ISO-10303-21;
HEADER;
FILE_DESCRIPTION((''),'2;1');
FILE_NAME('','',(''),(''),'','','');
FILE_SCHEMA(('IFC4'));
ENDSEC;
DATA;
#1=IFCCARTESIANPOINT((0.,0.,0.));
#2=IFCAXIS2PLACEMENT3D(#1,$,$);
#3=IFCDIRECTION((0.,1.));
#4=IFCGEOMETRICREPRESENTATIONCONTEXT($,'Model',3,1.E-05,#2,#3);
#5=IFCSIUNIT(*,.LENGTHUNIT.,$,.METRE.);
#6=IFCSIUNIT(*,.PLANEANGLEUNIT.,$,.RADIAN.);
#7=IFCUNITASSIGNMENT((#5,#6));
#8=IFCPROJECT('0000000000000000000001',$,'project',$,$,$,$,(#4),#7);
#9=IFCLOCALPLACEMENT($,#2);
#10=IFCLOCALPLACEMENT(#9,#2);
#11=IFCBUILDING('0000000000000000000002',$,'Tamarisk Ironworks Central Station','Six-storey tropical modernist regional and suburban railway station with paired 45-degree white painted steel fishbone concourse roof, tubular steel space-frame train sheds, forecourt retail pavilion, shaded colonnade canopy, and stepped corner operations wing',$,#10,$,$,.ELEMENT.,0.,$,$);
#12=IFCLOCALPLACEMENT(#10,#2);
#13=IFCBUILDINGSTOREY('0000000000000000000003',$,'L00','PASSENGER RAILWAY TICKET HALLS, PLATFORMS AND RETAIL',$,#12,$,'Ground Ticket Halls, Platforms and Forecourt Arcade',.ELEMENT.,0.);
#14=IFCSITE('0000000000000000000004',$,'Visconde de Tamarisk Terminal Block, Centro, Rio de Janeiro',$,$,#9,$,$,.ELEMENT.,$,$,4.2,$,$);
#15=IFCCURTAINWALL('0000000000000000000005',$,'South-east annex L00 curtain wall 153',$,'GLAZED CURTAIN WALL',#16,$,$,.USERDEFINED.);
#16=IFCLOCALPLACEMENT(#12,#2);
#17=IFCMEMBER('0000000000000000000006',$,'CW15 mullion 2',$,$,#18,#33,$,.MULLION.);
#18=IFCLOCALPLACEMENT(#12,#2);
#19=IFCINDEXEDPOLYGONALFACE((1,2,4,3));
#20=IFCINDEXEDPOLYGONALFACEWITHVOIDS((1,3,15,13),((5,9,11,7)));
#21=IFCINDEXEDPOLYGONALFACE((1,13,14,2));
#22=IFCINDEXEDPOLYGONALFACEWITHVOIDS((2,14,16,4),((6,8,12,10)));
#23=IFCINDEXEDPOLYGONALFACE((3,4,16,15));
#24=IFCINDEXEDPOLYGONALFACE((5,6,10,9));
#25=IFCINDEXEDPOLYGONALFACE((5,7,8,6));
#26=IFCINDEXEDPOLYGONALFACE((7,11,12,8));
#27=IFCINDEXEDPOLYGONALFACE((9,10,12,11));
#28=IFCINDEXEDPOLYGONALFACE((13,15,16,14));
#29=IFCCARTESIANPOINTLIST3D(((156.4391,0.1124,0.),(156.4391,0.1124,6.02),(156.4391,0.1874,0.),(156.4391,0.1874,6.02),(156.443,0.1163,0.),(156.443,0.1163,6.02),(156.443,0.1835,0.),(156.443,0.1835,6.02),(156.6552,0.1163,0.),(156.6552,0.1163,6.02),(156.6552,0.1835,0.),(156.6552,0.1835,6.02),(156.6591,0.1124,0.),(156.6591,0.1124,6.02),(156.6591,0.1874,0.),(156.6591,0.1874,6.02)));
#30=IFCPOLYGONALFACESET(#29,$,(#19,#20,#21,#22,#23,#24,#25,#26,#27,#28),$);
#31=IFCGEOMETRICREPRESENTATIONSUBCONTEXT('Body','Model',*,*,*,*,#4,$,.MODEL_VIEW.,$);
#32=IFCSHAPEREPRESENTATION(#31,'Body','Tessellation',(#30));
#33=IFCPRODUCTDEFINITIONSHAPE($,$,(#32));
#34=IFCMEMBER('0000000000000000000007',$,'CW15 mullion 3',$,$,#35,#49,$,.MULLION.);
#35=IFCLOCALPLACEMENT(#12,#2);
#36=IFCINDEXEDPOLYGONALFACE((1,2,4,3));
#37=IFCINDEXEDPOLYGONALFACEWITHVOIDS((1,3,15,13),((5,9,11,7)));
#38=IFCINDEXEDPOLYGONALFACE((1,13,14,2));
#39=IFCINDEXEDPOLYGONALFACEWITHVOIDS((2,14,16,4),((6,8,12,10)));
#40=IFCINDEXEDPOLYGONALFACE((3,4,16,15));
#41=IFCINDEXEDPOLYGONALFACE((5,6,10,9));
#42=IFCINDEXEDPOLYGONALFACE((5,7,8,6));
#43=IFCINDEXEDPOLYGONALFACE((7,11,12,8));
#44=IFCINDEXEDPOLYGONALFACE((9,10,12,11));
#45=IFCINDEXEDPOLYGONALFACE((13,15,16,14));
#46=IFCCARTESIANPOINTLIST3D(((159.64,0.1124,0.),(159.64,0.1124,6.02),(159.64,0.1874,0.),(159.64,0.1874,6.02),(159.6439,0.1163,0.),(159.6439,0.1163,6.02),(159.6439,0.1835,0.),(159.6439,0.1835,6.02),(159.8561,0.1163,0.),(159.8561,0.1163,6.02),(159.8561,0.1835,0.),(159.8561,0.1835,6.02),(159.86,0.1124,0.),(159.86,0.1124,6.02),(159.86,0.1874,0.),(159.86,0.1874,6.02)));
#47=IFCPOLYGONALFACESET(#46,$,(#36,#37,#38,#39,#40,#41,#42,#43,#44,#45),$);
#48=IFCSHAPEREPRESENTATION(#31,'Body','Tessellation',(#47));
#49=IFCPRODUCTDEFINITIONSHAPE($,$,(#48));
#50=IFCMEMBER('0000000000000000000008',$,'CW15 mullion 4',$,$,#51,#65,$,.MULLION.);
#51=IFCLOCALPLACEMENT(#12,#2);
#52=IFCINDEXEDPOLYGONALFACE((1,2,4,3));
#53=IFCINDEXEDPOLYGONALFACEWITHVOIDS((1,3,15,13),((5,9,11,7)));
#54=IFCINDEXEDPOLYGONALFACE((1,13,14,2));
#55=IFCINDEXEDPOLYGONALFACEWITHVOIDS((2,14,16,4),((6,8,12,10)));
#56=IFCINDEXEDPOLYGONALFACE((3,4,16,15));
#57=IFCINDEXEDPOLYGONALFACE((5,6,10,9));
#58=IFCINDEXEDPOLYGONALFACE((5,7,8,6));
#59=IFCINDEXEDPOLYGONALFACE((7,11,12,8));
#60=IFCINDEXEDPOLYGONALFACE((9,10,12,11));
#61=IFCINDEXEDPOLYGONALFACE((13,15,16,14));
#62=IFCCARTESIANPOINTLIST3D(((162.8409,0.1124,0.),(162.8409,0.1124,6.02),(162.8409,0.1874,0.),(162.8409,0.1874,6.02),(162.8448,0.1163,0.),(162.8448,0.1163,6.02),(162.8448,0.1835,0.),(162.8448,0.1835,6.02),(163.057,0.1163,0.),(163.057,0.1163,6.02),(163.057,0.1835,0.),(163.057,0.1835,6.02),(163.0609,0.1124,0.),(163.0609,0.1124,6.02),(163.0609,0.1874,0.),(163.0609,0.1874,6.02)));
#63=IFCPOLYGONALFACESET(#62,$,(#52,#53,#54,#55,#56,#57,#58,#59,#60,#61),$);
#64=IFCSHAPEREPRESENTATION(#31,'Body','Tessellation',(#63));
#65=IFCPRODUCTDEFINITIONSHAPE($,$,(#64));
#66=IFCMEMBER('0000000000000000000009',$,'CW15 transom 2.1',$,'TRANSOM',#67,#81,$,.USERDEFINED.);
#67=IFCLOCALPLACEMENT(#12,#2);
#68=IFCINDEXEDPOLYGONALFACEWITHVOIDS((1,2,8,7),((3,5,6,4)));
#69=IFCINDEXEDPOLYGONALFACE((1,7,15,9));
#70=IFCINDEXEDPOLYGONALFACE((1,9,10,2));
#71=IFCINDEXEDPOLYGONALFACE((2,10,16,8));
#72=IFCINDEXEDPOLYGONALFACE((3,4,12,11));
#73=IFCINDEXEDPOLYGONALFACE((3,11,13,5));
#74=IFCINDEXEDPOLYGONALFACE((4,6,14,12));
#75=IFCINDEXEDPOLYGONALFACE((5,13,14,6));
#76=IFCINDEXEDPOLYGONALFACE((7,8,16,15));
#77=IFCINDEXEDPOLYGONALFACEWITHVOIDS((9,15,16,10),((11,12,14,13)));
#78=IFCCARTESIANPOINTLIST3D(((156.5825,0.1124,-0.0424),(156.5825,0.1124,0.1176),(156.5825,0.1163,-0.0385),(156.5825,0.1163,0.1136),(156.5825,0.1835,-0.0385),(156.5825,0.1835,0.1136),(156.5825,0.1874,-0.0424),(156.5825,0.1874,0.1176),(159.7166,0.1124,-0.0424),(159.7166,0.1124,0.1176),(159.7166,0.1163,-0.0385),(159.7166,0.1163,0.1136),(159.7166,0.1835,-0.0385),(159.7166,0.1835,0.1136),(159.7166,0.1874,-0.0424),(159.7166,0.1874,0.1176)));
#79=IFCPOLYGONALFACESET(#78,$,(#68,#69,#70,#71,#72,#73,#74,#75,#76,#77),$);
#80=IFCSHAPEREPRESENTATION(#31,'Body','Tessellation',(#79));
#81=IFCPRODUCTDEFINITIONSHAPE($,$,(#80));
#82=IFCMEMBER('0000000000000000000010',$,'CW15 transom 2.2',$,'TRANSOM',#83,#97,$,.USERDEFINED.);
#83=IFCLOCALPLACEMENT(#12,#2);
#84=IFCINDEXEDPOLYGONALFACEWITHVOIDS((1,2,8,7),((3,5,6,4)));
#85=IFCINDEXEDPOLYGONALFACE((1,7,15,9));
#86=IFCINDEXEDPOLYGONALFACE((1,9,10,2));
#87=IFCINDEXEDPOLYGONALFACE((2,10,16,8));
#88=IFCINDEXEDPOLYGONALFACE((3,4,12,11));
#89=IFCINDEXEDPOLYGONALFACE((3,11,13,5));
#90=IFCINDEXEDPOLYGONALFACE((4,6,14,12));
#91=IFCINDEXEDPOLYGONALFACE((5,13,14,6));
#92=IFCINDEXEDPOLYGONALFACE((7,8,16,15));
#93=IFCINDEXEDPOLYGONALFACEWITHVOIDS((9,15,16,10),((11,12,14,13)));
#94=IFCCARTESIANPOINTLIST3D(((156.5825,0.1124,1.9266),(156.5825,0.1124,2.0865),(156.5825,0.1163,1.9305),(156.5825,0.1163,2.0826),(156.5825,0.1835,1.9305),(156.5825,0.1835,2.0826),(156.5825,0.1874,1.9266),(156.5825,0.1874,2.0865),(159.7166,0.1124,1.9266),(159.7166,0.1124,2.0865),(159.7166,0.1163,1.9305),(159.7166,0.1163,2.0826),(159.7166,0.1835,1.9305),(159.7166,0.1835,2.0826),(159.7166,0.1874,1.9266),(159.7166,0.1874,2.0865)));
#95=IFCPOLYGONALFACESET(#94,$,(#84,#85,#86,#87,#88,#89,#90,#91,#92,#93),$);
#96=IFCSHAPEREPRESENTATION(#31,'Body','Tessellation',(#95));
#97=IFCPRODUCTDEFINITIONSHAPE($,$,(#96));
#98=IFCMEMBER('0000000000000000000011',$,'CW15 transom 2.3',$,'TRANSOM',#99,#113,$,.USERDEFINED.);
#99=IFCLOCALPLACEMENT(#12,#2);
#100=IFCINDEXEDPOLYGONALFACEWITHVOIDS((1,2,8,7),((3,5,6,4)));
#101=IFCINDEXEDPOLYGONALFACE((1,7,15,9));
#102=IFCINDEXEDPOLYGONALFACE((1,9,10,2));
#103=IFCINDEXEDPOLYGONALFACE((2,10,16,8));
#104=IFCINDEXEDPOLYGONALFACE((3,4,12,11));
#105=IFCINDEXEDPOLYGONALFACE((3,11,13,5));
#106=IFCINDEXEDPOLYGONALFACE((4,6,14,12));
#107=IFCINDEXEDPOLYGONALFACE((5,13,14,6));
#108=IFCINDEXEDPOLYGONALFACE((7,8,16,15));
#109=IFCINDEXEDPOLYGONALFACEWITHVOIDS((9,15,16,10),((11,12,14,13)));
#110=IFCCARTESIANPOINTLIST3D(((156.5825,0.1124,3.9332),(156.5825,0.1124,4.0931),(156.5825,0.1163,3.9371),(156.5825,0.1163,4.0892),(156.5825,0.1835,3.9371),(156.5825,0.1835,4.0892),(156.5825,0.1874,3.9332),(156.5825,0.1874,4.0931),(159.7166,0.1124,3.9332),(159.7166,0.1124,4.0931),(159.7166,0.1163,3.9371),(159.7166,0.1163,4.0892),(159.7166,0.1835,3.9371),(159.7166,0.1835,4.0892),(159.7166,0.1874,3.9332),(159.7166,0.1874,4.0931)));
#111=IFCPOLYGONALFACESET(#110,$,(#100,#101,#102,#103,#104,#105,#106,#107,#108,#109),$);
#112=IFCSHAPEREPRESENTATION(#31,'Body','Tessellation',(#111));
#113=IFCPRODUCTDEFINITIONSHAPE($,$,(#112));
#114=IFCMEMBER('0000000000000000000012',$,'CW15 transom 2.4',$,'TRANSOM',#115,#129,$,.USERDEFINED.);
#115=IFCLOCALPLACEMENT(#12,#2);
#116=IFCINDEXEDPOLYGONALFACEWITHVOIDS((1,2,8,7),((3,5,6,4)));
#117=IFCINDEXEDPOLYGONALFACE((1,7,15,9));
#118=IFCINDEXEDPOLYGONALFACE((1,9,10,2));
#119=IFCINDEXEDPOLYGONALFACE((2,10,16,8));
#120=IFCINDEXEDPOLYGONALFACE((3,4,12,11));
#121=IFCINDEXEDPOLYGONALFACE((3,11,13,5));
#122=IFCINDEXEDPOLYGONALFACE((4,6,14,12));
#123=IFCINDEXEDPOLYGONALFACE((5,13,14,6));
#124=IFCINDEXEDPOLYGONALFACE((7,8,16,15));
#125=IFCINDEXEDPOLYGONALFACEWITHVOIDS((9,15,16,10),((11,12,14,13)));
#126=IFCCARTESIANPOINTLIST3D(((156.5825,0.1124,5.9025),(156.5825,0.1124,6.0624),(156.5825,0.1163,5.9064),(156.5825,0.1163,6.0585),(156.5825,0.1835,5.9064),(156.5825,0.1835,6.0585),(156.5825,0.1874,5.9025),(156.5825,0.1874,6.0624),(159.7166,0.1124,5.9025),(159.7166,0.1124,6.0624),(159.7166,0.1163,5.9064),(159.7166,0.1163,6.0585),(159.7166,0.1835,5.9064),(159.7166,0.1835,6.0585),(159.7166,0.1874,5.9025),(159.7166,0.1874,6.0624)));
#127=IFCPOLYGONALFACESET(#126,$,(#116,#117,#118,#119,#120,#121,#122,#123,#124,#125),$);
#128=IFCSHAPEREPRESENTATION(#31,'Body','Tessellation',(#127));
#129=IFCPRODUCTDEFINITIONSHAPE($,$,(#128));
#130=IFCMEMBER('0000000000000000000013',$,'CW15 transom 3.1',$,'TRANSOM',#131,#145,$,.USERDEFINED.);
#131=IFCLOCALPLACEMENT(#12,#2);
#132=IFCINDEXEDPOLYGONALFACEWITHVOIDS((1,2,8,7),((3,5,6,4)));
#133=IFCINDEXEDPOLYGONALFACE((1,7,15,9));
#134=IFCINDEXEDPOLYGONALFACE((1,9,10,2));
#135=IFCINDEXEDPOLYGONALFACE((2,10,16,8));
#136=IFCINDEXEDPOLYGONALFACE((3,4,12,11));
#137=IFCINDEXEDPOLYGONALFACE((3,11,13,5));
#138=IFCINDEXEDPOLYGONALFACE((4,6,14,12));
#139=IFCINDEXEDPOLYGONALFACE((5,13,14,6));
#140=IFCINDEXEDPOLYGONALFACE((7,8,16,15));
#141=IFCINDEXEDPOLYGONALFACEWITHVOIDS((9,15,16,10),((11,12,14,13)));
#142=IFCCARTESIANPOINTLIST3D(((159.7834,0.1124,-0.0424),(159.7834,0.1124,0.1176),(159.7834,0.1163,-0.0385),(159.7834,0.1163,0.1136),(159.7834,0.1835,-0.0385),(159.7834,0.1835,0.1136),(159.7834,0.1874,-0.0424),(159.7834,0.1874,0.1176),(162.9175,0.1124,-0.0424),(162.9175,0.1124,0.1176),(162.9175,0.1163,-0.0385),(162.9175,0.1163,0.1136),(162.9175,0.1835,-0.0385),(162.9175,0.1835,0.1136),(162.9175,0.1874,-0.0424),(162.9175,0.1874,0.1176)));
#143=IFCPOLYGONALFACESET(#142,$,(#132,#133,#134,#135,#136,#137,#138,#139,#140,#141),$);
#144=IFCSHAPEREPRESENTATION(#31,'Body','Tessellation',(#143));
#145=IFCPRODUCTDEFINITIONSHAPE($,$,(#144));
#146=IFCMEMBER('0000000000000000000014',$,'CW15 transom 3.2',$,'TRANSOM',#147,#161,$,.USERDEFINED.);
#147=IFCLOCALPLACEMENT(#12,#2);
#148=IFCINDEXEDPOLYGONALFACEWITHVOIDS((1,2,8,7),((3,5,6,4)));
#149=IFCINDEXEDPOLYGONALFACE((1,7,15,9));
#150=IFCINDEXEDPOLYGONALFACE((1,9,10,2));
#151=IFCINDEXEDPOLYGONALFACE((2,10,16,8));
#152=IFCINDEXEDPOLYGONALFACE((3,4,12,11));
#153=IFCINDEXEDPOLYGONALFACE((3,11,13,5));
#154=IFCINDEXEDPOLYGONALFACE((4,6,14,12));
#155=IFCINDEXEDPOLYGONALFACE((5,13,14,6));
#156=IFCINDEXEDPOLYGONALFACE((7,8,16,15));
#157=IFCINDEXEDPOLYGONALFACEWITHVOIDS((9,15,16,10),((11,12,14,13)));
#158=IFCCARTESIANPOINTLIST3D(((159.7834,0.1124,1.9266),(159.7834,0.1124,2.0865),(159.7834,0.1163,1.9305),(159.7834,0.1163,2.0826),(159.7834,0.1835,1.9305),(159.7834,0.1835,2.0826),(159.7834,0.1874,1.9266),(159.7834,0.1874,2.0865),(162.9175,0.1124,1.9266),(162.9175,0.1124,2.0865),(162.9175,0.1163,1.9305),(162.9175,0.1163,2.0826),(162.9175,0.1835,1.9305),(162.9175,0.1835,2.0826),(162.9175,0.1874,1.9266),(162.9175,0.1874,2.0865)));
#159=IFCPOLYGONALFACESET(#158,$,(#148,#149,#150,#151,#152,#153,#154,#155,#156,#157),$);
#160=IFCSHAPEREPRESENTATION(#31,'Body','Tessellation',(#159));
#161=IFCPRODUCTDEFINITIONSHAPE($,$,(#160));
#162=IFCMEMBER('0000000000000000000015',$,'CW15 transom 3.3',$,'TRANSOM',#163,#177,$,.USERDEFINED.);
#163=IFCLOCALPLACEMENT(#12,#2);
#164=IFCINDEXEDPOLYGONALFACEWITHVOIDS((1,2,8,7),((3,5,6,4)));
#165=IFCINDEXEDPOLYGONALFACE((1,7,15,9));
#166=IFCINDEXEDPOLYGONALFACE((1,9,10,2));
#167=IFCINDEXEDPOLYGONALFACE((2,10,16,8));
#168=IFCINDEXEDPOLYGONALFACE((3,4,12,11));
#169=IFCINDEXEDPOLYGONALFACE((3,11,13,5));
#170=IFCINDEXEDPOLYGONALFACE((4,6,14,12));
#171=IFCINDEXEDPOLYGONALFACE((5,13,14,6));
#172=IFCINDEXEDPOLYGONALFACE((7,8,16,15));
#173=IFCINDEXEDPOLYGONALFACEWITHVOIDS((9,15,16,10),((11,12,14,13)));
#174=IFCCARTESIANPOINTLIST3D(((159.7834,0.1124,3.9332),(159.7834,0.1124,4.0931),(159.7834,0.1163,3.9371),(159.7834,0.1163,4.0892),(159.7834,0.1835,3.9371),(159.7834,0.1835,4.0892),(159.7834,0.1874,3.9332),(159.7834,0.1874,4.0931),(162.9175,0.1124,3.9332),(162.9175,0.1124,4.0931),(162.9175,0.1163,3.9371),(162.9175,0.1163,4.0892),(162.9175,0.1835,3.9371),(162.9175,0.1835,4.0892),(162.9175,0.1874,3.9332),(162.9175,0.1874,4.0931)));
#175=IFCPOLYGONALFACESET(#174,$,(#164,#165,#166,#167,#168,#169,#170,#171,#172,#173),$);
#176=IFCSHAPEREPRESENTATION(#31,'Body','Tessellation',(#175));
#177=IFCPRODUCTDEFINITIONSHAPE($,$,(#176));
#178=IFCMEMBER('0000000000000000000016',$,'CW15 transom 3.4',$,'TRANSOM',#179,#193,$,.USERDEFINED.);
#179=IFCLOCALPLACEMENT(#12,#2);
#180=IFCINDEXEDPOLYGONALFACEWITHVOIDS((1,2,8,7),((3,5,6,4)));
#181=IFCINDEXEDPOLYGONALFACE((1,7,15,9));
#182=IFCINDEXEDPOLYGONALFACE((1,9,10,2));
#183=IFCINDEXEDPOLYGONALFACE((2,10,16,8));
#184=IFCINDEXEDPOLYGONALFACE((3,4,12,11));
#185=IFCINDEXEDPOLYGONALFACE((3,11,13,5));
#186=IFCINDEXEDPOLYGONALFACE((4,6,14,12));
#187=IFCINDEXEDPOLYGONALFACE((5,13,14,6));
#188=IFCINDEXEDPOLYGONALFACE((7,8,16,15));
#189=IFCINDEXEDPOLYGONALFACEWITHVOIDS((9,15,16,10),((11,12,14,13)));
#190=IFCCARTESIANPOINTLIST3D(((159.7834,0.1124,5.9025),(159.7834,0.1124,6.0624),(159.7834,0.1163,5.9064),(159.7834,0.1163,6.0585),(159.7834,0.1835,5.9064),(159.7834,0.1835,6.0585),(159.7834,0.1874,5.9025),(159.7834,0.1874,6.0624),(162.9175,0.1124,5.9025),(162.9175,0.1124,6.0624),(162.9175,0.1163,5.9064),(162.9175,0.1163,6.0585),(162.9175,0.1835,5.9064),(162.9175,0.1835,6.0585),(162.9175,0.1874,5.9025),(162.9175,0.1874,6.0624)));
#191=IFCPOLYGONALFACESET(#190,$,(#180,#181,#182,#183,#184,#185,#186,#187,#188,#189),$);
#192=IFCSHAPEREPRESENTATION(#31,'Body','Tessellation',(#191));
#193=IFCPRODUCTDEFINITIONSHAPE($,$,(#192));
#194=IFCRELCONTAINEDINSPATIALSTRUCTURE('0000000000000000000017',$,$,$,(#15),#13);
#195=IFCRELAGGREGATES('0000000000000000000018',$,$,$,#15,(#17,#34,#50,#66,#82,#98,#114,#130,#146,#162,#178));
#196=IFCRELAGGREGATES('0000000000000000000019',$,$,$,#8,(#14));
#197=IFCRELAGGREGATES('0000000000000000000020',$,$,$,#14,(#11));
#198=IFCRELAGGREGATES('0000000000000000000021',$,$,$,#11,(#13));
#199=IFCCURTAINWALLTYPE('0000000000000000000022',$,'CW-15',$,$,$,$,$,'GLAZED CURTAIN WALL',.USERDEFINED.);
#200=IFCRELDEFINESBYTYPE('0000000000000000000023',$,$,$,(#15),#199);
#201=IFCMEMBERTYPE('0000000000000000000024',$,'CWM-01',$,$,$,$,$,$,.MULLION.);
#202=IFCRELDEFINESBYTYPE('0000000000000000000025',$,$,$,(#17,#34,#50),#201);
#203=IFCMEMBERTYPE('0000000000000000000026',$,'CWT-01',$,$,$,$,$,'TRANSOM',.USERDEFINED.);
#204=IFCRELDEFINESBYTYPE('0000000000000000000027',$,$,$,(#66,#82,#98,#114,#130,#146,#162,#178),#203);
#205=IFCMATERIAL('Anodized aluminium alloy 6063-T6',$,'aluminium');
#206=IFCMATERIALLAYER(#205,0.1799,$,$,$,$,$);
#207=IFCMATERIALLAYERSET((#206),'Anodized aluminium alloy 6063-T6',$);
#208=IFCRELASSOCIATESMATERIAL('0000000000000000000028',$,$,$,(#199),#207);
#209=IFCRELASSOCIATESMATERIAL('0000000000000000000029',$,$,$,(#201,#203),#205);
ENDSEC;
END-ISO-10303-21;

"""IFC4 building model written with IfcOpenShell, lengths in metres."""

from ifc_helpers import new_model, si_unit, direction, frame, origin, origin_2d, place, context, subcontext, project, spatial, hollow_rectangle, extrude, material, layer, layer_set, material_profile, profile_set, type_object, element, aggregate, save


model = new_model("IFC4")

# Units and contexts
model_context = context("Model", 3, precision=1e-05, world=origin(), true_north=direction((0.0, 1.0)))
body_context = subcontext(model_context, "Body", "Model", "MODEL_VIEW")
ifc_project = project(units=[si_unit("LENGTHUNIT", "METRE"), si_unit("PLANEANGLEUNIT", "RADIAN")], contexts=[model_context])

# Site, building, storey
site_placement = place(None, origin())
site = spatial("IfcSite", under=ifc_project, at=site_placement, Name="Visconde de Tamarisk Terminal Block, Centro, Rio de Janeiro", CompositionType="ELEMENT", RefElevation=4.2)
building_placement = place(site_placement, origin())
building = spatial("IfcBuilding", under=site, at=building_placement, Name="Tamarisk Ironworks Central Station", Description="Six-storey tropical modernist regional and suburban railway station with paired 45-degree white painted steel fishbone concourse roof, tubular steel space-frame train sheds, forecourt retail pavilion, shaded colonnade canopy, and stepped corner operations wing", CompositionType="ELEMENT", ElevationOfRefHeight=0.0)
storey_placement = place(building_placement, origin())
storey = spatial("IfcBuildingStorey", under=building, at=storey_placement, Name="L00", Description="PASSENGER RAILWAY TICKET HALLS, PLATFORMS AND RETAIL", LongName="Ground Ticket Halls, Platforms and Forecourt Arcade", CompositionType="ELEMENT", Elevation=0.0)

# Curtain wall, members
ifc_material_1 = material(Name="Anodized aluminium alloy 6063-T6", Category="aluminium")
ifc_layer_1 = layer(ifc_material_1, 0.1799)
ifc_layer_set_1 = layer_set([ifc_layer_1], Name="Anodized aluminium alloy 6063-T6")
curtain_wall_type = type_object("IfcCurtainWallType", Name="CW-15", ElementType="GLAZED CURTAIN WALL", PredefinedType="USERDEFINED", material=ifc_layer_set_1)
curtain_wall_placement = place(storey_placement, origin())
curtain_wall = element("IfcCurtainWall", 1, at=curtain_wall_placement, inside=storey, type_object=curtain_wall_type, Name="South-east annex L00 curtain wall 153", ObjectType="GLAZED CURTAIN WALL", PredefinedType="USERDEFINED")
ifc_material_profile_1 = material_profile(ifc_material_1, hollow_rectangle(XDim=0.075, YDim=0.22, WallThickness=0.0039, at=origin_2d()), Name="ALUM 220x75")
ifc_profile_set_1 = profile_set([ifc_material_profile_1], Name="Anodized aluminium alloy 6063-T6")
member_type_1 = type_object("IfcMemberType", Name="CWM-01", PredefinedType="MULLION", material=ifc_profile_set_1)
member_1_placement = place(storey_placement, frame((156.5491, 0.1499, 0.0), z_axis=(0.0, 0.0, 1.0), x_axis=(0.0, 1.0, 0.0)))
member_1 = element("IfcMember", 2, at=member_1_placement, type_object=member_type_1, Name="CW15 mullion 2", PredefinedType="MULLION", context=body_context, shape_type="SweptSolid", body=[
    extrude(hollow_rectangle(XDim=0.075, YDim=0.22, WallThickness=0.0039, at=origin_2d()), origin(), (0.0, 0.0, 1.0), 6.02),
])
member_2_placement = place(storey_placement, frame((159.75, 0.1499, 0.0), z_axis=(0.0, 0.0, 1.0), x_axis=(0.0, 1.0, 0.0)))
member_2 = element("IfcMember", 3, at=member_2_placement, type_object=member_type_1, Name="CW15 mullion 3", PredefinedType="MULLION", context=body_context, shape_type="SweptSolid", body=[
    extrude(hollow_rectangle(XDim=0.075, YDim=0.22, WallThickness=0.0039, at=origin_2d()), origin(), (0.0, 0.0, 1.0), 6.02),
])
member_3_placement = place(storey_placement, frame((162.9509, 0.1499, 0.0), z_axis=(0.0, 0.0, 1.0), x_axis=(0.0, 1.0, 0.0)))
member_3 = element("IfcMember", 4, at=member_3_placement, type_object=member_type_1, Name="CW15 mullion 4", PredefinedType="MULLION", context=body_context, shape_type="SweptSolid", body=[
    extrude(hollow_rectangle(XDim=0.075, YDim=0.22, WallThickness=0.0039, at=origin_2d()), origin(), (0.0, 0.0, 1.0), 6.02),
])
ifc_material_profile_2 = material_profile(ifc_material_1, hollow_rectangle(XDim=0.075, YDim=0.1599, WallThickness=0.0039, at=origin_2d()), Name="ALUM 160x75")
ifc_profile_set_2 = profile_set([ifc_material_profile_2], Name="Anodized aluminium alloy 6063-T6")
member_type_2 = type_object("IfcMemberType", Name="CWT-01", ElementType="TRANSOM", PredefinedType="USERDEFINED", material=ifc_profile_set_2)
member_4_placement = place(storey_placement, frame((156.5825, 0.1499, 0.0376), z_axis=(1.0, 0.0, 0.0), x_axis=(0.0, 1.0, 0.0)))
member_4 = element("IfcMember", 5, at=member_4_placement, type_object=member_type_2, Name="CW15 transom 2.1", ObjectType="TRANSOM", PredefinedType="USERDEFINED", context=body_context, shape_type="SweptSolid", body=[
    extrude(hollow_rectangle(XDim=0.075, YDim=0.1599, WallThickness=0.0039, at=origin_2d()), origin(), (0.0, 0.0, 1.0), 3.134),
])
member_5_placement = place(storey_placement, frame((156.5825, 0.1499, 2.0066), z_axis=(1.0, 0.0, 0.0), x_axis=(0.0, 1.0, 0.0)))
member_5 = element("IfcMember", 6, at=member_5_placement, type_object=member_type_2, Name="CW15 transom 2.2", ObjectType="TRANSOM", PredefinedType="USERDEFINED", context=body_context, shape_type="SweptSolid", body=[
    extrude(hollow_rectangle(XDim=0.075, YDim=0.1599, WallThickness=0.0039, at=origin_2d()), origin(), (0.0, 0.0, 1.0), 3.134),
])
member_6_placement = place(storey_placement, frame((156.5825, 0.1499, 4.0132), z_axis=(1.0, 0.0, 0.0), x_axis=(0.0, 1.0, 0.0)))
member_6 = element("IfcMember", 7, at=member_6_placement, type_object=member_type_2, Name="CW15 transom 2.3", ObjectType="TRANSOM", PredefinedType="USERDEFINED", context=body_context, shape_type="SweptSolid", body=[
    extrude(hollow_rectangle(XDim=0.075, YDim=0.1599, WallThickness=0.0039, at=origin_2d()), origin(), (0.0, 0.0, 1.0), 3.134),
])
member_7_placement = place(storey_placement, frame((156.5825, 0.1499, 5.9824), z_axis=(1.0, 0.0, 0.0), x_axis=(0.0, 1.0, 0.0)))
member_7 = element("IfcMember", 8, at=member_7_placement, type_object=member_type_2, Name="CW15 transom 2.4", ObjectType="TRANSOM", PredefinedType="USERDEFINED", context=body_context, shape_type="SweptSolid", body=[
    extrude(hollow_rectangle(XDim=0.075, YDim=0.1599, WallThickness=0.0039, at=origin_2d()), origin(), (0.0, 0.0, 1.0), 3.134),
])
member_8_placement = place(storey_placement, frame((159.7834, 0.1499, 0.0376), z_axis=(1.0, 0.0, 0.0), x_axis=(0.0, 1.0, 0.0)))
member_8 = element("IfcMember", 9, at=member_8_placement, type_object=member_type_2, Name="CW15 transom 3.1", ObjectType="TRANSOM", PredefinedType="USERDEFINED", context=body_context, shape_type="SweptSolid", body=[
    extrude(hollow_rectangle(XDim=0.075, YDim=0.1599, WallThickness=0.0039, at=origin_2d()), origin(), (0.0, 0.0, 1.0), 3.134),
])
member_9_placement = place(storey_placement, frame((159.7834, 0.1499, 2.0066), z_axis=(1.0, 0.0, 0.0), x_axis=(0.0, 1.0, 0.0)))
member_9 = element("IfcMember", 10, at=member_9_placement, type_object=member_type_2, Name="CW15 transom 3.2", ObjectType="TRANSOM", PredefinedType="USERDEFINED", context=body_context, shape_type="SweptSolid", body=[
    extrude(hollow_rectangle(XDim=0.075, YDim=0.1599, WallThickness=0.0039, at=origin_2d()), origin(), (0.0, 0.0, 1.0), 3.134),
])
member_10_placement = place(storey_placement, frame((159.7834, 0.1499, 4.0132), z_axis=(1.0, 0.0, 0.0), x_axis=(0.0, 1.0, 0.0)))
member_10 = element("IfcMember", 11, at=member_10_placement, type_object=member_type_2, Name="CW15 transom 3.3", ObjectType="TRANSOM", PredefinedType="USERDEFINED", context=body_context, shape_type="SweptSolid", body=[
    extrude(hollow_rectangle(XDim=0.075, YDim=0.1599, WallThickness=0.0039, at=origin_2d()), origin(), (0.0, 0.0, 1.0), 3.134),
])
member_11_placement = place(storey_placement, frame((159.7834, 0.1499, 5.9824), z_axis=(1.0, 0.0, 0.0), x_axis=(0.0, 1.0, 0.0)))
member_11 = element("IfcMember", 12, at=member_11_placement, type_object=member_type_2, Name="CW15 transom 3.4", ObjectType="TRANSOM", PredefinedType="USERDEFINED", context=body_context, shape_type="SweptSolid", body=[
    extrude(hollow_rectangle(XDim=0.075, YDim=0.1599, WallThickness=0.0039, at=origin_2d()), origin(), (0.0, 0.0, 1.0), 3.134),
])
aggregate(curtain_wall, [member_1, member_2, member_3, member_4, member_5, member_6, member_7, member_8, member_9, member_10, member_11])

save(model, "model.ifc")
